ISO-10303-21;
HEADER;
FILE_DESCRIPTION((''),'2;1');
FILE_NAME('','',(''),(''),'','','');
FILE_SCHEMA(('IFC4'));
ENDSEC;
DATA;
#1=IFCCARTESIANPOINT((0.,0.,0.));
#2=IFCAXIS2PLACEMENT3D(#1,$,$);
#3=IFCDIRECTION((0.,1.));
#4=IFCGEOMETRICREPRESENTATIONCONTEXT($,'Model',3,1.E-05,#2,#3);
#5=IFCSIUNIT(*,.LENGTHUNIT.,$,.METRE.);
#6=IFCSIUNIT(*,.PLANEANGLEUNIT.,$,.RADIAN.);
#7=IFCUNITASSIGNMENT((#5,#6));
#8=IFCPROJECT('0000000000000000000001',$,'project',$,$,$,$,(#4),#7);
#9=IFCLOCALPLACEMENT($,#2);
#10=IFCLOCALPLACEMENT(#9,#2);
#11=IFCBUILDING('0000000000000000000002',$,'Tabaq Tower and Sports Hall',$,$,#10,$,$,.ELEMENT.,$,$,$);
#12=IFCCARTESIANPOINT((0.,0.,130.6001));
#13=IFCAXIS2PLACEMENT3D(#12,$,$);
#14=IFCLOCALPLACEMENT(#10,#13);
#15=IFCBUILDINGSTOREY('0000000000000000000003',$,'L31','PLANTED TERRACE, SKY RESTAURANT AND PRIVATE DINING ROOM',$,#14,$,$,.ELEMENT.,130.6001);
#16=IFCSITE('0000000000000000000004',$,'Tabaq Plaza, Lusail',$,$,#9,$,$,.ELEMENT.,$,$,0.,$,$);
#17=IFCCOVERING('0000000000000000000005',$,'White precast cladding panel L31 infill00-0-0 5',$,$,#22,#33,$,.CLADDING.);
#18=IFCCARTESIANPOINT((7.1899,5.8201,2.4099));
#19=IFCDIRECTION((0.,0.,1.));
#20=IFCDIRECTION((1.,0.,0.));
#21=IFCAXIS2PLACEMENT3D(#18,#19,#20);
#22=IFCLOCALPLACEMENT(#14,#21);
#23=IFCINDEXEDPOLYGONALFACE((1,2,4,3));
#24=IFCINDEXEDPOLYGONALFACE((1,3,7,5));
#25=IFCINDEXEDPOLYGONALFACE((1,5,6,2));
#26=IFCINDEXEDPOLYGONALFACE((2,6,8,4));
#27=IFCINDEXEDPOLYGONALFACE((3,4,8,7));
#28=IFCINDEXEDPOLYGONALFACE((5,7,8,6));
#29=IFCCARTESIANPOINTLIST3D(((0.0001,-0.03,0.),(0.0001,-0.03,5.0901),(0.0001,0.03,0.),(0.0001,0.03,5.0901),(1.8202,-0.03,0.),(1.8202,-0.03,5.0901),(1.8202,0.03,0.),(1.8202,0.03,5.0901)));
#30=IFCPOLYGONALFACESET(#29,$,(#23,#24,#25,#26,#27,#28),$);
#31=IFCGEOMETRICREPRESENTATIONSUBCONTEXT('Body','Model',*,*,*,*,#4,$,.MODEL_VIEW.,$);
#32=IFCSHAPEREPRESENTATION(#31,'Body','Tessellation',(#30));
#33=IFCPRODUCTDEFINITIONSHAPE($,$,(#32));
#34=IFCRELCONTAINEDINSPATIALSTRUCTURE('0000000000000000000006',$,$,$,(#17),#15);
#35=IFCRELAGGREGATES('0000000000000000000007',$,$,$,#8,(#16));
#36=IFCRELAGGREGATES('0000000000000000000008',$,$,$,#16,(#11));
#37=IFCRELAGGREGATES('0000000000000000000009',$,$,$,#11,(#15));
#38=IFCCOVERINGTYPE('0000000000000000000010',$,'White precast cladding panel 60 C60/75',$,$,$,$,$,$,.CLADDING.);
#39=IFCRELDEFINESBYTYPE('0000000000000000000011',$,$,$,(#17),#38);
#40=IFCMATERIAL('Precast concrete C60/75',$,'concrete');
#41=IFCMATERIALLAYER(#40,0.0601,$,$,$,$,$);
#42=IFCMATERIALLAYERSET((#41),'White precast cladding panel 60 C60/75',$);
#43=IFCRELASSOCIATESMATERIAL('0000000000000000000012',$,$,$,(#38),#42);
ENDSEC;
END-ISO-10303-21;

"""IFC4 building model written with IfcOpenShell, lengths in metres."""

from ifc_helpers import new_model, si_unit, direction, frame, frame_2d, origin, place, context, subcontext, project, spatial, rectangle, extrude, material, layer, layer_set, type_object, element, save


model = new_model("IFC4")

# Units and contexts
model_context = context("Model", 3, precision=1e-05, world=origin(), true_north=direction((0.0, 1.0)))
body_context = subcontext(model_context, "Body", "Model", "MODEL_VIEW")
ifc_project = project(units=[si_unit("LENGTHUNIT", "METRE"), si_unit("PLANEANGLEUNIT", "RADIAN")], contexts=[model_context])

# Site, building, storey
site_placement = place(None, origin())
site = spatial("IfcSite", under=ifc_project, at=site_placement, Name="Tabaq Plaza, Lusail", CompositionType="ELEMENT", RefElevation=0.0)
building_placement = place(site_placement, origin())
building = spatial("IfcBuilding", under=site, at=building_placement, Name="Tabaq Tower and Sports Hall", CompositionType="ELEMENT")
storey_placement = place(building_placement, frame((0.0, 0.0, 130.6001)))
storey = spatial("IfcBuildingStorey", under=building, at=storey_placement, Name="L31", Description="PLANTED TERRACE, SKY RESTAURANT AND PRIVATE DINING ROOM", CompositionType="ELEMENT", Elevation=130.6001)

# Covering
ifc_material_1 = material(Name="Precast concrete C60/75", Category="concrete")
ifc_layer_1 = layer(ifc_material_1, 0.0601)
ifc_layer_set_1 = layer_set([ifc_layer_1], Name="White precast cladding panel 60 C60/75")
covering_type_1 = type_object("IfcCoveringType", Name="White precast cladding panel 60 C60/75", PredefinedType="CLADDING", material=ifc_layer_set_1)
covering_1_placement = place(storey_placement, frame((7.1899, 5.8201, 2.4099), z_axis=(0.0, 0.0, 1.0), x_axis=(1.0, 0.0, 0.0)))
element("IfcCovering", 1, at=covering_1_placement, inside=storey, type_object=covering_type_1, Name="White precast cladding panel L31 infill00-0-0 5", PredefinedType="CLADDING", context=body_context, shape_type="SweptSolid", body=[
    extrude(rectangle(XDim=1.8201, YDim=0.0601, at=frame_2d((0.9102, 0.0))), origin(), (0.0, 0.0, 1.0), 5.0901),
])

save(model, "model.ifc")
